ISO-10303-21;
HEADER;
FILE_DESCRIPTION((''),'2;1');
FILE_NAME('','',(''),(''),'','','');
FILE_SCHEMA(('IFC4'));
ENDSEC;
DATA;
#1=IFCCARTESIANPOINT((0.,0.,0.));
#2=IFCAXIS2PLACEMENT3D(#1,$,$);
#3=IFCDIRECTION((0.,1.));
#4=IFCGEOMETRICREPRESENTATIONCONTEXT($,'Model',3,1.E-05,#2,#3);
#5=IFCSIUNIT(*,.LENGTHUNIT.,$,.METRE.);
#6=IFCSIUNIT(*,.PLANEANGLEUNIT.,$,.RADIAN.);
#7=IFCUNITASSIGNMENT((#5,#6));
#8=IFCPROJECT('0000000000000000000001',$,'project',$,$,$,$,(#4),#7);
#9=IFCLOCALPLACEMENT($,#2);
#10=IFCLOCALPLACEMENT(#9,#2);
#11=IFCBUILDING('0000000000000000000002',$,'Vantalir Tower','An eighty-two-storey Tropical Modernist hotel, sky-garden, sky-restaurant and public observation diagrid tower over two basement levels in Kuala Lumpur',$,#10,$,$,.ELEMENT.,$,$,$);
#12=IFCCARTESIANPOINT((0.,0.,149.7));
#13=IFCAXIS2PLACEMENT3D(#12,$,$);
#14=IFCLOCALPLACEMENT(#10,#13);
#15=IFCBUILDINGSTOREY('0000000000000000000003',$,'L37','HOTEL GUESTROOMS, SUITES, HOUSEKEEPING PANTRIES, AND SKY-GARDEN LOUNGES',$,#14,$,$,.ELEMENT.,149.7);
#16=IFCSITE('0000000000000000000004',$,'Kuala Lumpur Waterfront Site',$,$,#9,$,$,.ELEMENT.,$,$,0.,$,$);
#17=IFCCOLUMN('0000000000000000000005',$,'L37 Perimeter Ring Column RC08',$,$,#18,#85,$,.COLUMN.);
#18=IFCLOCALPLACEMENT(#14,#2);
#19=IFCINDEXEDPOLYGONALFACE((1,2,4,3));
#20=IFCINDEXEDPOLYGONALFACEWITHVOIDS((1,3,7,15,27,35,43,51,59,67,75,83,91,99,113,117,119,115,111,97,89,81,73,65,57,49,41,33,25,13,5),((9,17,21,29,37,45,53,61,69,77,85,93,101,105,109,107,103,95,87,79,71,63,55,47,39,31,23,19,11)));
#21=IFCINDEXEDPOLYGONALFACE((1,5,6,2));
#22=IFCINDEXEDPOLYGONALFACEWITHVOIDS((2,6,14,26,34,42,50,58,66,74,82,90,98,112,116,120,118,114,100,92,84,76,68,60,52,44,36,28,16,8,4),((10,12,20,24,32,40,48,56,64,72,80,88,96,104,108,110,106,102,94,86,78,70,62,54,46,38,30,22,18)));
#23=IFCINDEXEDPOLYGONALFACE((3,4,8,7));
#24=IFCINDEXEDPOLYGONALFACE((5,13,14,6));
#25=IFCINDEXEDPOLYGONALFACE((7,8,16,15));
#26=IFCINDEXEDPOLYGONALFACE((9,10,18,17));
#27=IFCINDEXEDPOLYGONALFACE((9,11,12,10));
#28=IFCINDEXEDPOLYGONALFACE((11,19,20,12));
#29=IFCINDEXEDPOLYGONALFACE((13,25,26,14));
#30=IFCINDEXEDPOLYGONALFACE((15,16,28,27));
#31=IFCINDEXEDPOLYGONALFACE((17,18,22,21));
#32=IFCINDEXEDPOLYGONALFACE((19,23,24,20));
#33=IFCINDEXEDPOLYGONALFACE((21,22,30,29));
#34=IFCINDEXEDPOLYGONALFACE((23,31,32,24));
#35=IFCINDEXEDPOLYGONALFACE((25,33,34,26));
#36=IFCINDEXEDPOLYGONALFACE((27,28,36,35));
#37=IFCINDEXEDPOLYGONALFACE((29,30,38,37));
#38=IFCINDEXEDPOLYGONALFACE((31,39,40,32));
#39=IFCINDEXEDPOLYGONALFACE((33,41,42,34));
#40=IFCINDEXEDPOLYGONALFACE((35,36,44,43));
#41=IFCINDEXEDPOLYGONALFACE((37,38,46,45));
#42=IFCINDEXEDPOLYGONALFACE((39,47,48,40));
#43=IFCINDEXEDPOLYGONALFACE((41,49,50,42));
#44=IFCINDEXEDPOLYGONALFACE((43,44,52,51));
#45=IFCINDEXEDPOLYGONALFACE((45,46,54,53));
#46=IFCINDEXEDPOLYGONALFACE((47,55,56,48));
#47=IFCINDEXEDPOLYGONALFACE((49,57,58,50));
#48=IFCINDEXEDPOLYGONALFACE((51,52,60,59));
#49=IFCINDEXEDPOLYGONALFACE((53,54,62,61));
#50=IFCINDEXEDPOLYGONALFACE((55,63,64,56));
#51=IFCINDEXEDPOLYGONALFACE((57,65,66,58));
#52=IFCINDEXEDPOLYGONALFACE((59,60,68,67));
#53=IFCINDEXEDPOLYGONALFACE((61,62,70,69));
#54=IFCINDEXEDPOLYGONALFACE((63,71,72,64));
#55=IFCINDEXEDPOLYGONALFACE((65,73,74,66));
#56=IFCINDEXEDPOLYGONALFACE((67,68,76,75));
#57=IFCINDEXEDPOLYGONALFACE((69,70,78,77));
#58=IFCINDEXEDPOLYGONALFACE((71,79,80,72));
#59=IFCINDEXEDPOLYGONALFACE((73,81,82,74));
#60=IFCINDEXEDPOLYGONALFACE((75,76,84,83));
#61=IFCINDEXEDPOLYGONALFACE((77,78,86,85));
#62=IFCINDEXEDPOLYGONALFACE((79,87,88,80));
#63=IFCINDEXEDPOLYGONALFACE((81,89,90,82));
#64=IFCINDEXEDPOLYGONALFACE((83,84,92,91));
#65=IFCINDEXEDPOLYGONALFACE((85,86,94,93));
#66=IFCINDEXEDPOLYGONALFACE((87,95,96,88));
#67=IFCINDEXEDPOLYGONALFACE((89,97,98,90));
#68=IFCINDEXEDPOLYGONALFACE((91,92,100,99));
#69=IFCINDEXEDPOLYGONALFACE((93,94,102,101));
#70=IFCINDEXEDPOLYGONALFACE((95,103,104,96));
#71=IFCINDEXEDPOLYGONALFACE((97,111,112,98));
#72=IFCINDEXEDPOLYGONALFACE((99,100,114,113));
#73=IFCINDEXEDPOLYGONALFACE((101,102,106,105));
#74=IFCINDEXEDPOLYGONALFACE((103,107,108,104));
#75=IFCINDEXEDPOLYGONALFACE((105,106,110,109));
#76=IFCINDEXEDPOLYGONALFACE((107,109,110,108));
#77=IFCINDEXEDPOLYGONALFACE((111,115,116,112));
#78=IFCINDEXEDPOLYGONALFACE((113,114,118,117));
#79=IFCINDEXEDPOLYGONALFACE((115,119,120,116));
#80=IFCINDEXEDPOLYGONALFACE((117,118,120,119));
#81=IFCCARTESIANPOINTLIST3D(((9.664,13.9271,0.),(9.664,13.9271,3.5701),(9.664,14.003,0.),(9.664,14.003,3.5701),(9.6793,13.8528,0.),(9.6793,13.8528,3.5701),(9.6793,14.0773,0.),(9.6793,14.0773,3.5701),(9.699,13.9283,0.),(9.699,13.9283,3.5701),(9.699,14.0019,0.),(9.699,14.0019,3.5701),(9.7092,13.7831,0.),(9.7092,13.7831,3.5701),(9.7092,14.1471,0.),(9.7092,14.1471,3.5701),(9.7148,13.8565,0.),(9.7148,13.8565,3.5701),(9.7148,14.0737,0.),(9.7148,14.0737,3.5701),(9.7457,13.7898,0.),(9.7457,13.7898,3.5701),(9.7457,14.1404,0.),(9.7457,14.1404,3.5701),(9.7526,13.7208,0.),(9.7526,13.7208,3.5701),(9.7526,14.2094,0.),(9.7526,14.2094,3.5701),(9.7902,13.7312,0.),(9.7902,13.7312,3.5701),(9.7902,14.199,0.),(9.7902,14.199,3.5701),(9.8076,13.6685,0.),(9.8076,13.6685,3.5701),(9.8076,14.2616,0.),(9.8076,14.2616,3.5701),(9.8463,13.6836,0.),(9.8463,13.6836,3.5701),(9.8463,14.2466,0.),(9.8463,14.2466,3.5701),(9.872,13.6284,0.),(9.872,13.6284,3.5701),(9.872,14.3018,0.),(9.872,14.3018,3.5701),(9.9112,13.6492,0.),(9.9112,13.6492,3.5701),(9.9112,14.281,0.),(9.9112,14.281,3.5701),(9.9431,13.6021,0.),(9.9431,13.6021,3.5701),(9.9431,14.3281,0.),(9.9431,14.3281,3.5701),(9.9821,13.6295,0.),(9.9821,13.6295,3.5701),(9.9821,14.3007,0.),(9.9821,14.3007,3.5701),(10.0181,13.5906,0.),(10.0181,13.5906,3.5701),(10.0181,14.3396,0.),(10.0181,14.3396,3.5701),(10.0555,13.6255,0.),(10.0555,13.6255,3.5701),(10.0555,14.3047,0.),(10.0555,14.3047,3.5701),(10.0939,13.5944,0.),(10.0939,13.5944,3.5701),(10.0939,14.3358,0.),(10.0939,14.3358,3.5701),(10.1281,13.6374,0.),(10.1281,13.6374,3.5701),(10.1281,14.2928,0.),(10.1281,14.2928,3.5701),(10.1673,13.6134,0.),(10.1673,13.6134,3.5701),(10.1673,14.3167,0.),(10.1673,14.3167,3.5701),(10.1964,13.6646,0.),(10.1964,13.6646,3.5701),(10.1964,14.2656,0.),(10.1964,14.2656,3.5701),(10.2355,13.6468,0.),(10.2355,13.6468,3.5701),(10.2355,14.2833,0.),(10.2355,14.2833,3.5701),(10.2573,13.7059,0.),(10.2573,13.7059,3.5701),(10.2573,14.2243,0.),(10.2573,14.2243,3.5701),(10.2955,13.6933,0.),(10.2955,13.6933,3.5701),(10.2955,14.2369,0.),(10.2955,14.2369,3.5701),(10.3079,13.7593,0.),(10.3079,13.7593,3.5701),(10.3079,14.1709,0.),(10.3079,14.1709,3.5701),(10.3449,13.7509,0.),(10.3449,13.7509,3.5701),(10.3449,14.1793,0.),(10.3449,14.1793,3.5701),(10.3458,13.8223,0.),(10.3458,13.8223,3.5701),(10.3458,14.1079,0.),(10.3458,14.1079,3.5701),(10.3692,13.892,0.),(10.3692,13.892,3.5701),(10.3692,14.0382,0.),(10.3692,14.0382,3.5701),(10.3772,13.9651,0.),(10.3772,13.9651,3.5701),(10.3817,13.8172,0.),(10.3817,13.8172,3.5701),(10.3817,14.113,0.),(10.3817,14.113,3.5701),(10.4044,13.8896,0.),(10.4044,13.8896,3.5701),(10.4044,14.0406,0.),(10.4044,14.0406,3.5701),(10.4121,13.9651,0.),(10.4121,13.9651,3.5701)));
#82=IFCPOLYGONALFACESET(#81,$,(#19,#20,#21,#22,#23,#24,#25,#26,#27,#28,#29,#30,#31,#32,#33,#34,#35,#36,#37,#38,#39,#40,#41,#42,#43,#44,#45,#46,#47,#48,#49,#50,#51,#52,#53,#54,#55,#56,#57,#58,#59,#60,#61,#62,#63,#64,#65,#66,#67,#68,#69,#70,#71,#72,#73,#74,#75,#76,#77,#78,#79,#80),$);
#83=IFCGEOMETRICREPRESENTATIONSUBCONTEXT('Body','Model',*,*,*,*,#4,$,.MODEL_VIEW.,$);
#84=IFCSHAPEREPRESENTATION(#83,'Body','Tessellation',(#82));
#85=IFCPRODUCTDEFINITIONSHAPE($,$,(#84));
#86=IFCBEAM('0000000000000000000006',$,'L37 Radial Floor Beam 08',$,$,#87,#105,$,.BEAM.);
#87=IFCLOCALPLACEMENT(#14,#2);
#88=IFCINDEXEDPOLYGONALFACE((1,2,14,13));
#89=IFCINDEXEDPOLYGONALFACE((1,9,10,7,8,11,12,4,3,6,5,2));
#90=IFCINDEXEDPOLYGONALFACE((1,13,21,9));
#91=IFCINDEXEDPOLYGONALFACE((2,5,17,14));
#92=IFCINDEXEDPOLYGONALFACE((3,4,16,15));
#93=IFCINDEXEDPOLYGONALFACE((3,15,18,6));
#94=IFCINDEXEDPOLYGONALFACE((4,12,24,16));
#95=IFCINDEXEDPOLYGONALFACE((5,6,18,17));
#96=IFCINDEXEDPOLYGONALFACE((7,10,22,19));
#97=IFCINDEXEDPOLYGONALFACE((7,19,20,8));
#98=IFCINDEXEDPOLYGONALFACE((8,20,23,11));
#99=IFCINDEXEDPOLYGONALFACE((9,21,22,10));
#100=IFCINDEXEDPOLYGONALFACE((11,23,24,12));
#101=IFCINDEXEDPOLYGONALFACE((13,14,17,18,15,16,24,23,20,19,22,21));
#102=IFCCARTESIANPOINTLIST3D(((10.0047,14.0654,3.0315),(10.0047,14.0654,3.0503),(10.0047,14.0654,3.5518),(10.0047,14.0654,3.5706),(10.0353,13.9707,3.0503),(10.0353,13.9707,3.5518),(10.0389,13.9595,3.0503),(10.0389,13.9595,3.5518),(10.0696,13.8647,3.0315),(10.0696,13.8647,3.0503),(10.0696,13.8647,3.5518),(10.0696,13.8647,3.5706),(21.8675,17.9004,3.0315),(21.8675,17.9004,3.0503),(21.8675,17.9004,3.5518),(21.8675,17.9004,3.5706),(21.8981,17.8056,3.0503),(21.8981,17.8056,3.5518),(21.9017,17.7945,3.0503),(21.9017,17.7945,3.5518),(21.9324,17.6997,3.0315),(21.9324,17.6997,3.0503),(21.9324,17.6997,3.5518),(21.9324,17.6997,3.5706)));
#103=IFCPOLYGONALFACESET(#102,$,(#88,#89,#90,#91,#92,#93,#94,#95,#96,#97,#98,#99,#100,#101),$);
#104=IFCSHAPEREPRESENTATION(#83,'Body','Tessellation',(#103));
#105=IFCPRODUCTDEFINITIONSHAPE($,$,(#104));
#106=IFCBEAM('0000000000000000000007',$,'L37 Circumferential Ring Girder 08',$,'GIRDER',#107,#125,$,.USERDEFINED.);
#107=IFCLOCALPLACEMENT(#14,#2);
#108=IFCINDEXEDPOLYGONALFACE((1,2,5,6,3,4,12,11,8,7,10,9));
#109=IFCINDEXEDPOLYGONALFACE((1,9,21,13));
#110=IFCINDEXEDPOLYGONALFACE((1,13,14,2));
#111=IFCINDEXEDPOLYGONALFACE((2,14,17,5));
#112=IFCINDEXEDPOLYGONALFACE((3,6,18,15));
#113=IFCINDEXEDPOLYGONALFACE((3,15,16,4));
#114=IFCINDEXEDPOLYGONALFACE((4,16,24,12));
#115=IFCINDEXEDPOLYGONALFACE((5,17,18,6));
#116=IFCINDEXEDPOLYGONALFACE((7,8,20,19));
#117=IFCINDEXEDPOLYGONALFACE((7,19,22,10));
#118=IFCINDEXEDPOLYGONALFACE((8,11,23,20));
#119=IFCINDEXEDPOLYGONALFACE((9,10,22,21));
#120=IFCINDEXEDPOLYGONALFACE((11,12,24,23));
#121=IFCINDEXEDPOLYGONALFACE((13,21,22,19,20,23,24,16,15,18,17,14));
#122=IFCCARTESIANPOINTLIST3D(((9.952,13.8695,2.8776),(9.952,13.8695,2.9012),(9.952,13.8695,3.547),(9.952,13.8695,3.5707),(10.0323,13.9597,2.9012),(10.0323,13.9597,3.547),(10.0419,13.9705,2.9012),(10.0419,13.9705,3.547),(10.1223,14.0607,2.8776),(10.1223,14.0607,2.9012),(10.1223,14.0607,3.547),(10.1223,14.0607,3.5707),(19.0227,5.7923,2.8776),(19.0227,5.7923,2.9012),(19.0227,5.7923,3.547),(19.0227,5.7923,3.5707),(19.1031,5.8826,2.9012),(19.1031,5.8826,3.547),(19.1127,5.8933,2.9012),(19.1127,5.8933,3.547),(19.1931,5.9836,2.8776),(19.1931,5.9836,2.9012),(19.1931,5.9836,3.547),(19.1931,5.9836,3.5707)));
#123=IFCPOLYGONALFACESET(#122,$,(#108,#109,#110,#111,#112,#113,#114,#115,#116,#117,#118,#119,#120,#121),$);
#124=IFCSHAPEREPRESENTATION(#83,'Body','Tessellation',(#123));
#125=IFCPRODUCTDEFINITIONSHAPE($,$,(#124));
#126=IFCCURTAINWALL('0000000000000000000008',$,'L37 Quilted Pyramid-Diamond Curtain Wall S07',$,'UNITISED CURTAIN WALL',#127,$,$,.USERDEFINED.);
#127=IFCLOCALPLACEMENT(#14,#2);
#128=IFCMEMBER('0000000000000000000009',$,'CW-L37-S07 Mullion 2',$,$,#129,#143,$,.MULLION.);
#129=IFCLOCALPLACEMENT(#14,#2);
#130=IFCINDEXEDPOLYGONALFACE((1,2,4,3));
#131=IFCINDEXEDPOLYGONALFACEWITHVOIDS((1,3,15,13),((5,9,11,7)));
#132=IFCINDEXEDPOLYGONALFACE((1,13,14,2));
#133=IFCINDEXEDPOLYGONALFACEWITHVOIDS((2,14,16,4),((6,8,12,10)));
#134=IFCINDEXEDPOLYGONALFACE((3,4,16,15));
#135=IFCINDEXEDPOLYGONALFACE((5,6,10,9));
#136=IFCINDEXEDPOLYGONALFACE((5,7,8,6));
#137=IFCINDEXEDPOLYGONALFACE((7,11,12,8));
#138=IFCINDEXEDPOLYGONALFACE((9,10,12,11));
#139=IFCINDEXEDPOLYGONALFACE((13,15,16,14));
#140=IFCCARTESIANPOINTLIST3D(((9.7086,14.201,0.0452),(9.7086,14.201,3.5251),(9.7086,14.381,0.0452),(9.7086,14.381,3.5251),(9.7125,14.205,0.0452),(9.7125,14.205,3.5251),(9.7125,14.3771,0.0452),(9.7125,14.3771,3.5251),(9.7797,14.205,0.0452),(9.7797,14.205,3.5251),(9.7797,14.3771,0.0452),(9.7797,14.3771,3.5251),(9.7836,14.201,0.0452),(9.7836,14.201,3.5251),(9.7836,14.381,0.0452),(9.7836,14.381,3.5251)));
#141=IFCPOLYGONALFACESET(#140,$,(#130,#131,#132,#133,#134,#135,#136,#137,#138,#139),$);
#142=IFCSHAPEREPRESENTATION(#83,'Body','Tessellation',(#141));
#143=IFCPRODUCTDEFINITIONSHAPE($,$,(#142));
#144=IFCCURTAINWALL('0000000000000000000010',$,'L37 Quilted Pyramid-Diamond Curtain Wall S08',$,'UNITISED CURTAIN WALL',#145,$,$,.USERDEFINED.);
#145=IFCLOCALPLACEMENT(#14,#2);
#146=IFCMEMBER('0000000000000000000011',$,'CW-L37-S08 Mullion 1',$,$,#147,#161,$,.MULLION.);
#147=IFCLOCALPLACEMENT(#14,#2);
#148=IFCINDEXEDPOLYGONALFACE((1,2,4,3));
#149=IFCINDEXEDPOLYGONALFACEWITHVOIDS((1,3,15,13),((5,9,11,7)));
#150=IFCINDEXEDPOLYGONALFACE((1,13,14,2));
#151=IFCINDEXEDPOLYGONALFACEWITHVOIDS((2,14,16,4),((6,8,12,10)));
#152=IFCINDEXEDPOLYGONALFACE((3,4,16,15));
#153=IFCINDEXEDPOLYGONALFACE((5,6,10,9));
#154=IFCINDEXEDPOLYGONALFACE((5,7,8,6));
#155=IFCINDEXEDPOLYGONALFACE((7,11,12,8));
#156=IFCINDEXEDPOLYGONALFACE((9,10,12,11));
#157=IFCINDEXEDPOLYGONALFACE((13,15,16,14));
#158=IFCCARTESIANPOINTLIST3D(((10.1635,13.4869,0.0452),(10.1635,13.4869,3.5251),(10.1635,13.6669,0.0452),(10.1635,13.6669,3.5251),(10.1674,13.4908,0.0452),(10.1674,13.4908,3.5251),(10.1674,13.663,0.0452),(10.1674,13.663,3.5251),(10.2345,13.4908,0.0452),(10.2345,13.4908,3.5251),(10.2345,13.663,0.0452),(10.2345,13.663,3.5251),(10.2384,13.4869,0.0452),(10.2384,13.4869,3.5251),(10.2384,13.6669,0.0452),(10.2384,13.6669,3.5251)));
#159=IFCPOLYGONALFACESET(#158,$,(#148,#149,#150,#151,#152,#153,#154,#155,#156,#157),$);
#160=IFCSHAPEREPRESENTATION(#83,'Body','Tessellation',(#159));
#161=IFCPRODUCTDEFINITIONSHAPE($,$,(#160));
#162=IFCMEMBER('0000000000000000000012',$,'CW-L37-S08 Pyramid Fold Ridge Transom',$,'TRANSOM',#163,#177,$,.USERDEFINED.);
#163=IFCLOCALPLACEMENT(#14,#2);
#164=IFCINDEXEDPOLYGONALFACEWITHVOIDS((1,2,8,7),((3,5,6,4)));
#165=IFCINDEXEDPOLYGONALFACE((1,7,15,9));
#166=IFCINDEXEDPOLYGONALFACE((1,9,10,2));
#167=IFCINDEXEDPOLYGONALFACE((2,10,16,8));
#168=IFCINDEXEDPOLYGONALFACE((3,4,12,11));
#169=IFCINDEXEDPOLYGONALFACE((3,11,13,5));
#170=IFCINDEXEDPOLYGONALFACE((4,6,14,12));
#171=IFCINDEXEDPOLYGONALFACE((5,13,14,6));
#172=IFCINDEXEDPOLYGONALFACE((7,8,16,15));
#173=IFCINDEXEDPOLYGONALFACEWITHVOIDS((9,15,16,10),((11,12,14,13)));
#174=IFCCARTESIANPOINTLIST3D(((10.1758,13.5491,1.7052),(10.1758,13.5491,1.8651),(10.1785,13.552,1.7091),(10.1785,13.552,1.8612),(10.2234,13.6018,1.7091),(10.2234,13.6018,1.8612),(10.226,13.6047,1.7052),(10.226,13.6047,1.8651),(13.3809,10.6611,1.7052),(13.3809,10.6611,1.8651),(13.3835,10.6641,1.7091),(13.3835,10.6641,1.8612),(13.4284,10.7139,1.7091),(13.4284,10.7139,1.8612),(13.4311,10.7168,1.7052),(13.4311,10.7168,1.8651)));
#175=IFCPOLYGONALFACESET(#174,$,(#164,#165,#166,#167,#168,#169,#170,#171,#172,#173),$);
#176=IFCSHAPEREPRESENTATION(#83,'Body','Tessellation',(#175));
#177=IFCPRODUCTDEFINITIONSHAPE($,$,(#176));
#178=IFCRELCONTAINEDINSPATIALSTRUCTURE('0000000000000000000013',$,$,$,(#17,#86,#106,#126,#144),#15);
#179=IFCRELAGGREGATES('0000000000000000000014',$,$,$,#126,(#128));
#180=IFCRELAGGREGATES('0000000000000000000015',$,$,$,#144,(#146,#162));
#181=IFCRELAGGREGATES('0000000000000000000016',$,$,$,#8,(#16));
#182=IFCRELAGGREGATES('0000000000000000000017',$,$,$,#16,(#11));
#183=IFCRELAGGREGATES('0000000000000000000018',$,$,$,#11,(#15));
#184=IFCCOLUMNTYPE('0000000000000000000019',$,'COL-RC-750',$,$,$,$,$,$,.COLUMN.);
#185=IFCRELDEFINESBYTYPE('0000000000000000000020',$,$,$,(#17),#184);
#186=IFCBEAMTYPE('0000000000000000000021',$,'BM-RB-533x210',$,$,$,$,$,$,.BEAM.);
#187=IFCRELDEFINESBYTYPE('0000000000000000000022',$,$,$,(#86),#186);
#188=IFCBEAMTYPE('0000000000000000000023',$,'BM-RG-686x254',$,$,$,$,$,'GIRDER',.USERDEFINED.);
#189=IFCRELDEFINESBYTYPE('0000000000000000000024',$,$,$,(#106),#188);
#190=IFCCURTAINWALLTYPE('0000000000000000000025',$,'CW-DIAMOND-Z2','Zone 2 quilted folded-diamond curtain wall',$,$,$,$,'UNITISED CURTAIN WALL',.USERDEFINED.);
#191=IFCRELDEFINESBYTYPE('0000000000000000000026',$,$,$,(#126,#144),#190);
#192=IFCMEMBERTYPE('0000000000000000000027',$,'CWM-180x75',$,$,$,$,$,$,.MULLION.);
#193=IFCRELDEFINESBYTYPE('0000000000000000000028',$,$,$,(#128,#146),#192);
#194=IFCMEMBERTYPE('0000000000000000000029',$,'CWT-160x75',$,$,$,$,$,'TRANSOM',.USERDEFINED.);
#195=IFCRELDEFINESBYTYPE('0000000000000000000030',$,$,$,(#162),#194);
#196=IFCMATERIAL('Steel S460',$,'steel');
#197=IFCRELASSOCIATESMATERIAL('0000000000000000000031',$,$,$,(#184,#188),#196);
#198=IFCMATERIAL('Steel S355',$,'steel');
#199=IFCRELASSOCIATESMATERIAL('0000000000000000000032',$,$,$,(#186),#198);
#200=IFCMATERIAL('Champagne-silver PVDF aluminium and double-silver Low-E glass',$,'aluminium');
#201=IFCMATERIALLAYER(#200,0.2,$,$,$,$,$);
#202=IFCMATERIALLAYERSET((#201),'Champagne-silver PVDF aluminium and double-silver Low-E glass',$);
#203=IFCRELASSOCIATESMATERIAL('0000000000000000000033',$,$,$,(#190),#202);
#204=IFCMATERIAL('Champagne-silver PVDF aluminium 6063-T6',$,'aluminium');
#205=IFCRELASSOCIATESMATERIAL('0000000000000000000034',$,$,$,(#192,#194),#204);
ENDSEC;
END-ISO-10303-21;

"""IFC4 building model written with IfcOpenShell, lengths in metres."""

from ifc_helpers import new_model, si_unit, direction, frame, origin, origin_2d, place, context, subcontext, project, spatial, hollow_rectangle, hollow_circle, i_section, extrude, material, layer, layer_set, material_profile, profile_set, type_object, element, aggregate, save


model = new_model("IFC4")

# Units and contexts
model_context = context("Model", 3, precision=1e-05, world=origin(), true_north=direction((0.0, 1.0)))
body_context = subcontext(model_context, "Body", "Model", "MODEL_VIEW")
ifc_project = project(units=[si_unit("LENGTHUNIT", "METRE"), si_unit("PLANEANGLEUNIT", "RADIAN")], contexts=[model_context])

# Site, building, storey
site_placement = place(None, origin())
site = spatial("IfcSite", under=ifc_project, at=site_placement, Name="Kuala Lumpur Waterfront Site", CompositionType="ELEMENT", RefElevation=0.0)
building_placement = place(site_placement, origin())
building = spatial("IfcBuilding", under=site, at=building_placement, Name="Vantalir Tower", Description="An eighty-two-storey Tropical Modernist hotel, sky-garden, sky-restaurant and public observation diagrid tower over two basement levels in Kuala Lumpur", CompositionType="ELEMENT")
storey_placement = place(building_placement, frame((0.0, 0.0, 149.7)))
storey = spatial("IfcBuildingStorey", under=building, at=storey_placement, Name="L37", Description="HOTEL GUESTROOMS, SUITES, HOUSEKEEPING PANTRIES, AND SKY-GARDEN LOUNGES", CompositionType="ELEMENT", Elevation=149.7)

# Column
ifc_material_1 = material(Name="Steel S460", Category="steel")
ifc_material_profile_1 = material_profile(ifc_material_1, hollow_circle(Radius=0.375, WallThickness=0.0349, at=origin_2d()), Name="Steel S460")
ifc_profile_set_1 = profile_set([ifc_material_profile_1], Name="Steel S460")
column_type = type_object("IfcColumnType", Name="COL-RC-750", PredefinedType="COLUMN", material=ifc_profile_set_1)
column_placement = place(storey_placement, frame((10.0371, 13.9651, 0.0), z_axis=(0.0, 0.0, 1.0), x_axis=(1.0, 0.0, 0.0)))
element("IfcColumn", 1, at=column_placement, inside=storey, type_object=column_type, Name="L37 Perimeter Ring Column RC08", PredefinedType="COLUMN", context=body_context, shape_type="SweptSolid", body=[
    extrude(hollow_circle(Radius=0.375, WallThickness=0.0349, at=origin_2d()), origin(), (0.0, 0.0, 1.0), 3.5701),
])

# Beams
ifc_material_2 = material(Name="Steel S355", Category="steel")
ifc_material_profile_2 = material_profile(ifc_material_2, i_section(OverallWidth=0.2109, OverallDepth=0.5391, WebThickness=0.0117, FlangeThickness=0.0188, at=origin_2d()), Name="Steel S355")
ifc_profile_set_2 = profile_set([ifc_material_profile_2], Name="Steel S355")
beam_type_1 = type_object("IfcBeamType", Name="BM-RB-533x210", PredefinedType="BEAM", material=ifc_profile_set_2)
beam_1_placement = place(storey_placement, frame((10.0371, 13.9651, 3.301), z_axis=(0.951515, 0.307602, 0.0), x_axis=(-0.307602, 0.951515, 0.0)))
element("IfcBeam", 2, at=beam_1_placement, inside=storey, type_object=beam_type_1, Name="L37 Radial Floor Beam 08", PredefinedType="BEAM", context=body_context, shape_type="SweptSolid", body=[
    extrude(i_section(OverallWidth=0.2109, OverallDepth=0.5391, WebThickness=0.0117, FlangeThickness=0.0188, at=origin_2d()), origin(), (0.0, 0.0, 1.0), 12.4673),
])
ifc_material_profile_3 = material_profile(ifc_material_1, i_section(OverallWidth=0.2561, OverallDepth=0.6931, WebThickness=0.0144, FlangeThickness=0.0237, at=origin_2d()), Name="Steel S460")
ifc_profile_set_3 = profile_set([ifc_material_profile_3], Name="Steel S460")
beam_type_2 = type_object("IfcBeamType", Name="BM-RG-686x254", ElementType="GIRDER", PredefinedType="USERDEFINED", material=ifc_profile_set_3)
beam_2_placement = place(storey_placement, frame((10.0371, 13.9651, 3.2241), z_axis=(0.746828, -0.665017, 0.0), x_axis=(0.665017, 0.746828, 0.0)))
element("IfcBeam", 3, at=beam_2_placement, inside=storey, type_object=beam_type_2, Name="L37 Circumferential Ring Girder 08", ObjectType="GIRDER", PredefinedType="USERDEFINED", context=body_context, shape_type="SweptSolid", body=[
    extrude(i_section(OverallWidth=0.2561, OverallDepth=0.6931, WebThickness=0.0144, FlangeThickness=0.0237, at=origin_2d()), origin(), (0.0, 0.0, 1.0), 12.1458),
])

# Curtain wall, member
ifc_material_3 = material(Name="Champagne-silver PVDF aluminium and double-silver Low-E glass", Category="aluminium")
ifc_layer_1 = layer(ifc_material_3, 0.2)
ifc_layer_set_1 = layer_set([ifc_layer_1], Name="Champagne-silver PVDF aluminium and double-silver Low-E glass")
curtain_wall_type = type_object("IfcCurtainWallType", Name="CW-DIAMOND-Z2", Description="Zone 2 quilted folded-diamond curtain wall", ElementType="UNITISED CURTAIN WALL", PredefinedType="USERDEFINED", material=ifc_layer_set_1)
curtain_wall_1_placement = place(storey_placement, origin())
curtain_wall_1 = element("IfcCurtainWall", 4, at=curtain_wall_1_placement, inside=storey, type_object=curtain_wall_type, Name="L37 Quilted Pyramid-Diamond Curtain Wall S07", ObjectType="UNITISED CURTAIN WALL", PredefinedType="USERDEFINED")
ifc_material_4 = material(Name="Champagne-silver PVDF aluminium 6063-T6", Category="aluminium")
ifc_material_profile_4 = material_profile(ifc_material_4, hollow_rectangle(XDim=0.075, YDim=0.1799, WallThickness=0.0039, at=origin_2d()), Name="Champagne-silver PVDF aluminium 6063-T6")
ifc_profile_set_4 = profile_set([ifc_material_profile_4], Name="Champagne-silver PVDF aluminium 6063-T6")
member_type_1 = type_object("IfcMemberType", Name="CWM-180x75", PredefinedType="MULLION", material=ifc_profile_set_4)
member_1_placement = place(storey_placement, frame((9.7461, 14.291, 0.0452), z_axis=(0.0, 0.0, 1.0), x_axis=(1.0, 0.0, 0.0)))
member_1 = element("IfcMember", 5, at=member_1_placement, type_object=member_type_1, Name="CW-L37-S07 Mullion 2", PredefinedType="MULLION", context=body_context, shape_type="SweptSolid", body=[
    extrude(hollow_rectangle(XDim=0.075, YDim=0.1799, WallThickness=0.0039, at=origin_2d()), origin(), (0.0, 0.0, 1.0), 3.48),
])

# Curtain wall, members
curtain_wall_2_placement = place(storey_placement, origin())
curtain_wall_2 = element("IfcCurtainWall", 6, at=curtain_wall_2_placement, inside=storey, type_object=curtain_wall_type, Name="L37 Quilted Pyramid-Diamond Curtain Wall S08", ObjectType="UNITISED CURTAIN WALL", PredefinedType="USERDEFINED")
member_2_placement = place(storey_placement, frame((10.2009, 13.5769, 0.0452), z_axis=(0.0, 0.0, 1.0), x_axis=(1.0, 0.0, 0.0)))
member_2 = element("IfcMember", 7, at=member_2_placement, type_object=member_type_1, Name="CW-L37-S08 Mullion 1", PredefinedType="MULLION", context=body_context, shape_type="SweptSolid", body=[
    extrude(hollow_rectangle(XDim=0.075, YDim=0.1799, WallThickness=0.0039, at=origin_2d()), origin(), (0.0, 0.0, 1.0), 3.48),
])
ifc_material_profile_5 = material_profile(ifc_material_4, hollow_rectangle(XDim=0.075, YDim=0.1599, WallThickness=0.0039, at=origin_2d()), Name="Champagne-silver PVDF aluminium 6063-T6")
ifc_profile_set_5 = profile_set([ifc_material_profile_5], Name="Champagne-silver PVDF aluminium 6063-T6")
member_type_2 = type_object("IfcMemberType", Name="CWT-160x75", ElementType="TRANSOM", PredefinedType="USERDEFINED", material=ifc_profile_set_5)
member_3_placement = place(storey_placement, frame((10.2009, 13.5769, 1.7852), z_axis=(0.742906, -0.669396, 0.0), x_axis=(0.669396, 0.742906, 0.0)))
member_3 = element("IfcMember", 8, at=member_3_placement, type_object=member_type_2, Name="CW-L37-S08 Pyramid Fold Ridge Transom", ObjectType="TRANSOM", PredefinedType="USERDEFINED", context=body_context, shape_type="SweptSolid", body=[
    extrude(hollow_rectangle(XDim=0.075, YDim=0.1599, WallThickness=0.0039, at=origin_2d()), origin(), (0.0, 0.0, 1.0), 4.3142),
])

aggregate(curtain_wall_1, [member_1])
aggregate(curtain_wall_2, [member_2, member_3])

save(model, "model.ifc")
